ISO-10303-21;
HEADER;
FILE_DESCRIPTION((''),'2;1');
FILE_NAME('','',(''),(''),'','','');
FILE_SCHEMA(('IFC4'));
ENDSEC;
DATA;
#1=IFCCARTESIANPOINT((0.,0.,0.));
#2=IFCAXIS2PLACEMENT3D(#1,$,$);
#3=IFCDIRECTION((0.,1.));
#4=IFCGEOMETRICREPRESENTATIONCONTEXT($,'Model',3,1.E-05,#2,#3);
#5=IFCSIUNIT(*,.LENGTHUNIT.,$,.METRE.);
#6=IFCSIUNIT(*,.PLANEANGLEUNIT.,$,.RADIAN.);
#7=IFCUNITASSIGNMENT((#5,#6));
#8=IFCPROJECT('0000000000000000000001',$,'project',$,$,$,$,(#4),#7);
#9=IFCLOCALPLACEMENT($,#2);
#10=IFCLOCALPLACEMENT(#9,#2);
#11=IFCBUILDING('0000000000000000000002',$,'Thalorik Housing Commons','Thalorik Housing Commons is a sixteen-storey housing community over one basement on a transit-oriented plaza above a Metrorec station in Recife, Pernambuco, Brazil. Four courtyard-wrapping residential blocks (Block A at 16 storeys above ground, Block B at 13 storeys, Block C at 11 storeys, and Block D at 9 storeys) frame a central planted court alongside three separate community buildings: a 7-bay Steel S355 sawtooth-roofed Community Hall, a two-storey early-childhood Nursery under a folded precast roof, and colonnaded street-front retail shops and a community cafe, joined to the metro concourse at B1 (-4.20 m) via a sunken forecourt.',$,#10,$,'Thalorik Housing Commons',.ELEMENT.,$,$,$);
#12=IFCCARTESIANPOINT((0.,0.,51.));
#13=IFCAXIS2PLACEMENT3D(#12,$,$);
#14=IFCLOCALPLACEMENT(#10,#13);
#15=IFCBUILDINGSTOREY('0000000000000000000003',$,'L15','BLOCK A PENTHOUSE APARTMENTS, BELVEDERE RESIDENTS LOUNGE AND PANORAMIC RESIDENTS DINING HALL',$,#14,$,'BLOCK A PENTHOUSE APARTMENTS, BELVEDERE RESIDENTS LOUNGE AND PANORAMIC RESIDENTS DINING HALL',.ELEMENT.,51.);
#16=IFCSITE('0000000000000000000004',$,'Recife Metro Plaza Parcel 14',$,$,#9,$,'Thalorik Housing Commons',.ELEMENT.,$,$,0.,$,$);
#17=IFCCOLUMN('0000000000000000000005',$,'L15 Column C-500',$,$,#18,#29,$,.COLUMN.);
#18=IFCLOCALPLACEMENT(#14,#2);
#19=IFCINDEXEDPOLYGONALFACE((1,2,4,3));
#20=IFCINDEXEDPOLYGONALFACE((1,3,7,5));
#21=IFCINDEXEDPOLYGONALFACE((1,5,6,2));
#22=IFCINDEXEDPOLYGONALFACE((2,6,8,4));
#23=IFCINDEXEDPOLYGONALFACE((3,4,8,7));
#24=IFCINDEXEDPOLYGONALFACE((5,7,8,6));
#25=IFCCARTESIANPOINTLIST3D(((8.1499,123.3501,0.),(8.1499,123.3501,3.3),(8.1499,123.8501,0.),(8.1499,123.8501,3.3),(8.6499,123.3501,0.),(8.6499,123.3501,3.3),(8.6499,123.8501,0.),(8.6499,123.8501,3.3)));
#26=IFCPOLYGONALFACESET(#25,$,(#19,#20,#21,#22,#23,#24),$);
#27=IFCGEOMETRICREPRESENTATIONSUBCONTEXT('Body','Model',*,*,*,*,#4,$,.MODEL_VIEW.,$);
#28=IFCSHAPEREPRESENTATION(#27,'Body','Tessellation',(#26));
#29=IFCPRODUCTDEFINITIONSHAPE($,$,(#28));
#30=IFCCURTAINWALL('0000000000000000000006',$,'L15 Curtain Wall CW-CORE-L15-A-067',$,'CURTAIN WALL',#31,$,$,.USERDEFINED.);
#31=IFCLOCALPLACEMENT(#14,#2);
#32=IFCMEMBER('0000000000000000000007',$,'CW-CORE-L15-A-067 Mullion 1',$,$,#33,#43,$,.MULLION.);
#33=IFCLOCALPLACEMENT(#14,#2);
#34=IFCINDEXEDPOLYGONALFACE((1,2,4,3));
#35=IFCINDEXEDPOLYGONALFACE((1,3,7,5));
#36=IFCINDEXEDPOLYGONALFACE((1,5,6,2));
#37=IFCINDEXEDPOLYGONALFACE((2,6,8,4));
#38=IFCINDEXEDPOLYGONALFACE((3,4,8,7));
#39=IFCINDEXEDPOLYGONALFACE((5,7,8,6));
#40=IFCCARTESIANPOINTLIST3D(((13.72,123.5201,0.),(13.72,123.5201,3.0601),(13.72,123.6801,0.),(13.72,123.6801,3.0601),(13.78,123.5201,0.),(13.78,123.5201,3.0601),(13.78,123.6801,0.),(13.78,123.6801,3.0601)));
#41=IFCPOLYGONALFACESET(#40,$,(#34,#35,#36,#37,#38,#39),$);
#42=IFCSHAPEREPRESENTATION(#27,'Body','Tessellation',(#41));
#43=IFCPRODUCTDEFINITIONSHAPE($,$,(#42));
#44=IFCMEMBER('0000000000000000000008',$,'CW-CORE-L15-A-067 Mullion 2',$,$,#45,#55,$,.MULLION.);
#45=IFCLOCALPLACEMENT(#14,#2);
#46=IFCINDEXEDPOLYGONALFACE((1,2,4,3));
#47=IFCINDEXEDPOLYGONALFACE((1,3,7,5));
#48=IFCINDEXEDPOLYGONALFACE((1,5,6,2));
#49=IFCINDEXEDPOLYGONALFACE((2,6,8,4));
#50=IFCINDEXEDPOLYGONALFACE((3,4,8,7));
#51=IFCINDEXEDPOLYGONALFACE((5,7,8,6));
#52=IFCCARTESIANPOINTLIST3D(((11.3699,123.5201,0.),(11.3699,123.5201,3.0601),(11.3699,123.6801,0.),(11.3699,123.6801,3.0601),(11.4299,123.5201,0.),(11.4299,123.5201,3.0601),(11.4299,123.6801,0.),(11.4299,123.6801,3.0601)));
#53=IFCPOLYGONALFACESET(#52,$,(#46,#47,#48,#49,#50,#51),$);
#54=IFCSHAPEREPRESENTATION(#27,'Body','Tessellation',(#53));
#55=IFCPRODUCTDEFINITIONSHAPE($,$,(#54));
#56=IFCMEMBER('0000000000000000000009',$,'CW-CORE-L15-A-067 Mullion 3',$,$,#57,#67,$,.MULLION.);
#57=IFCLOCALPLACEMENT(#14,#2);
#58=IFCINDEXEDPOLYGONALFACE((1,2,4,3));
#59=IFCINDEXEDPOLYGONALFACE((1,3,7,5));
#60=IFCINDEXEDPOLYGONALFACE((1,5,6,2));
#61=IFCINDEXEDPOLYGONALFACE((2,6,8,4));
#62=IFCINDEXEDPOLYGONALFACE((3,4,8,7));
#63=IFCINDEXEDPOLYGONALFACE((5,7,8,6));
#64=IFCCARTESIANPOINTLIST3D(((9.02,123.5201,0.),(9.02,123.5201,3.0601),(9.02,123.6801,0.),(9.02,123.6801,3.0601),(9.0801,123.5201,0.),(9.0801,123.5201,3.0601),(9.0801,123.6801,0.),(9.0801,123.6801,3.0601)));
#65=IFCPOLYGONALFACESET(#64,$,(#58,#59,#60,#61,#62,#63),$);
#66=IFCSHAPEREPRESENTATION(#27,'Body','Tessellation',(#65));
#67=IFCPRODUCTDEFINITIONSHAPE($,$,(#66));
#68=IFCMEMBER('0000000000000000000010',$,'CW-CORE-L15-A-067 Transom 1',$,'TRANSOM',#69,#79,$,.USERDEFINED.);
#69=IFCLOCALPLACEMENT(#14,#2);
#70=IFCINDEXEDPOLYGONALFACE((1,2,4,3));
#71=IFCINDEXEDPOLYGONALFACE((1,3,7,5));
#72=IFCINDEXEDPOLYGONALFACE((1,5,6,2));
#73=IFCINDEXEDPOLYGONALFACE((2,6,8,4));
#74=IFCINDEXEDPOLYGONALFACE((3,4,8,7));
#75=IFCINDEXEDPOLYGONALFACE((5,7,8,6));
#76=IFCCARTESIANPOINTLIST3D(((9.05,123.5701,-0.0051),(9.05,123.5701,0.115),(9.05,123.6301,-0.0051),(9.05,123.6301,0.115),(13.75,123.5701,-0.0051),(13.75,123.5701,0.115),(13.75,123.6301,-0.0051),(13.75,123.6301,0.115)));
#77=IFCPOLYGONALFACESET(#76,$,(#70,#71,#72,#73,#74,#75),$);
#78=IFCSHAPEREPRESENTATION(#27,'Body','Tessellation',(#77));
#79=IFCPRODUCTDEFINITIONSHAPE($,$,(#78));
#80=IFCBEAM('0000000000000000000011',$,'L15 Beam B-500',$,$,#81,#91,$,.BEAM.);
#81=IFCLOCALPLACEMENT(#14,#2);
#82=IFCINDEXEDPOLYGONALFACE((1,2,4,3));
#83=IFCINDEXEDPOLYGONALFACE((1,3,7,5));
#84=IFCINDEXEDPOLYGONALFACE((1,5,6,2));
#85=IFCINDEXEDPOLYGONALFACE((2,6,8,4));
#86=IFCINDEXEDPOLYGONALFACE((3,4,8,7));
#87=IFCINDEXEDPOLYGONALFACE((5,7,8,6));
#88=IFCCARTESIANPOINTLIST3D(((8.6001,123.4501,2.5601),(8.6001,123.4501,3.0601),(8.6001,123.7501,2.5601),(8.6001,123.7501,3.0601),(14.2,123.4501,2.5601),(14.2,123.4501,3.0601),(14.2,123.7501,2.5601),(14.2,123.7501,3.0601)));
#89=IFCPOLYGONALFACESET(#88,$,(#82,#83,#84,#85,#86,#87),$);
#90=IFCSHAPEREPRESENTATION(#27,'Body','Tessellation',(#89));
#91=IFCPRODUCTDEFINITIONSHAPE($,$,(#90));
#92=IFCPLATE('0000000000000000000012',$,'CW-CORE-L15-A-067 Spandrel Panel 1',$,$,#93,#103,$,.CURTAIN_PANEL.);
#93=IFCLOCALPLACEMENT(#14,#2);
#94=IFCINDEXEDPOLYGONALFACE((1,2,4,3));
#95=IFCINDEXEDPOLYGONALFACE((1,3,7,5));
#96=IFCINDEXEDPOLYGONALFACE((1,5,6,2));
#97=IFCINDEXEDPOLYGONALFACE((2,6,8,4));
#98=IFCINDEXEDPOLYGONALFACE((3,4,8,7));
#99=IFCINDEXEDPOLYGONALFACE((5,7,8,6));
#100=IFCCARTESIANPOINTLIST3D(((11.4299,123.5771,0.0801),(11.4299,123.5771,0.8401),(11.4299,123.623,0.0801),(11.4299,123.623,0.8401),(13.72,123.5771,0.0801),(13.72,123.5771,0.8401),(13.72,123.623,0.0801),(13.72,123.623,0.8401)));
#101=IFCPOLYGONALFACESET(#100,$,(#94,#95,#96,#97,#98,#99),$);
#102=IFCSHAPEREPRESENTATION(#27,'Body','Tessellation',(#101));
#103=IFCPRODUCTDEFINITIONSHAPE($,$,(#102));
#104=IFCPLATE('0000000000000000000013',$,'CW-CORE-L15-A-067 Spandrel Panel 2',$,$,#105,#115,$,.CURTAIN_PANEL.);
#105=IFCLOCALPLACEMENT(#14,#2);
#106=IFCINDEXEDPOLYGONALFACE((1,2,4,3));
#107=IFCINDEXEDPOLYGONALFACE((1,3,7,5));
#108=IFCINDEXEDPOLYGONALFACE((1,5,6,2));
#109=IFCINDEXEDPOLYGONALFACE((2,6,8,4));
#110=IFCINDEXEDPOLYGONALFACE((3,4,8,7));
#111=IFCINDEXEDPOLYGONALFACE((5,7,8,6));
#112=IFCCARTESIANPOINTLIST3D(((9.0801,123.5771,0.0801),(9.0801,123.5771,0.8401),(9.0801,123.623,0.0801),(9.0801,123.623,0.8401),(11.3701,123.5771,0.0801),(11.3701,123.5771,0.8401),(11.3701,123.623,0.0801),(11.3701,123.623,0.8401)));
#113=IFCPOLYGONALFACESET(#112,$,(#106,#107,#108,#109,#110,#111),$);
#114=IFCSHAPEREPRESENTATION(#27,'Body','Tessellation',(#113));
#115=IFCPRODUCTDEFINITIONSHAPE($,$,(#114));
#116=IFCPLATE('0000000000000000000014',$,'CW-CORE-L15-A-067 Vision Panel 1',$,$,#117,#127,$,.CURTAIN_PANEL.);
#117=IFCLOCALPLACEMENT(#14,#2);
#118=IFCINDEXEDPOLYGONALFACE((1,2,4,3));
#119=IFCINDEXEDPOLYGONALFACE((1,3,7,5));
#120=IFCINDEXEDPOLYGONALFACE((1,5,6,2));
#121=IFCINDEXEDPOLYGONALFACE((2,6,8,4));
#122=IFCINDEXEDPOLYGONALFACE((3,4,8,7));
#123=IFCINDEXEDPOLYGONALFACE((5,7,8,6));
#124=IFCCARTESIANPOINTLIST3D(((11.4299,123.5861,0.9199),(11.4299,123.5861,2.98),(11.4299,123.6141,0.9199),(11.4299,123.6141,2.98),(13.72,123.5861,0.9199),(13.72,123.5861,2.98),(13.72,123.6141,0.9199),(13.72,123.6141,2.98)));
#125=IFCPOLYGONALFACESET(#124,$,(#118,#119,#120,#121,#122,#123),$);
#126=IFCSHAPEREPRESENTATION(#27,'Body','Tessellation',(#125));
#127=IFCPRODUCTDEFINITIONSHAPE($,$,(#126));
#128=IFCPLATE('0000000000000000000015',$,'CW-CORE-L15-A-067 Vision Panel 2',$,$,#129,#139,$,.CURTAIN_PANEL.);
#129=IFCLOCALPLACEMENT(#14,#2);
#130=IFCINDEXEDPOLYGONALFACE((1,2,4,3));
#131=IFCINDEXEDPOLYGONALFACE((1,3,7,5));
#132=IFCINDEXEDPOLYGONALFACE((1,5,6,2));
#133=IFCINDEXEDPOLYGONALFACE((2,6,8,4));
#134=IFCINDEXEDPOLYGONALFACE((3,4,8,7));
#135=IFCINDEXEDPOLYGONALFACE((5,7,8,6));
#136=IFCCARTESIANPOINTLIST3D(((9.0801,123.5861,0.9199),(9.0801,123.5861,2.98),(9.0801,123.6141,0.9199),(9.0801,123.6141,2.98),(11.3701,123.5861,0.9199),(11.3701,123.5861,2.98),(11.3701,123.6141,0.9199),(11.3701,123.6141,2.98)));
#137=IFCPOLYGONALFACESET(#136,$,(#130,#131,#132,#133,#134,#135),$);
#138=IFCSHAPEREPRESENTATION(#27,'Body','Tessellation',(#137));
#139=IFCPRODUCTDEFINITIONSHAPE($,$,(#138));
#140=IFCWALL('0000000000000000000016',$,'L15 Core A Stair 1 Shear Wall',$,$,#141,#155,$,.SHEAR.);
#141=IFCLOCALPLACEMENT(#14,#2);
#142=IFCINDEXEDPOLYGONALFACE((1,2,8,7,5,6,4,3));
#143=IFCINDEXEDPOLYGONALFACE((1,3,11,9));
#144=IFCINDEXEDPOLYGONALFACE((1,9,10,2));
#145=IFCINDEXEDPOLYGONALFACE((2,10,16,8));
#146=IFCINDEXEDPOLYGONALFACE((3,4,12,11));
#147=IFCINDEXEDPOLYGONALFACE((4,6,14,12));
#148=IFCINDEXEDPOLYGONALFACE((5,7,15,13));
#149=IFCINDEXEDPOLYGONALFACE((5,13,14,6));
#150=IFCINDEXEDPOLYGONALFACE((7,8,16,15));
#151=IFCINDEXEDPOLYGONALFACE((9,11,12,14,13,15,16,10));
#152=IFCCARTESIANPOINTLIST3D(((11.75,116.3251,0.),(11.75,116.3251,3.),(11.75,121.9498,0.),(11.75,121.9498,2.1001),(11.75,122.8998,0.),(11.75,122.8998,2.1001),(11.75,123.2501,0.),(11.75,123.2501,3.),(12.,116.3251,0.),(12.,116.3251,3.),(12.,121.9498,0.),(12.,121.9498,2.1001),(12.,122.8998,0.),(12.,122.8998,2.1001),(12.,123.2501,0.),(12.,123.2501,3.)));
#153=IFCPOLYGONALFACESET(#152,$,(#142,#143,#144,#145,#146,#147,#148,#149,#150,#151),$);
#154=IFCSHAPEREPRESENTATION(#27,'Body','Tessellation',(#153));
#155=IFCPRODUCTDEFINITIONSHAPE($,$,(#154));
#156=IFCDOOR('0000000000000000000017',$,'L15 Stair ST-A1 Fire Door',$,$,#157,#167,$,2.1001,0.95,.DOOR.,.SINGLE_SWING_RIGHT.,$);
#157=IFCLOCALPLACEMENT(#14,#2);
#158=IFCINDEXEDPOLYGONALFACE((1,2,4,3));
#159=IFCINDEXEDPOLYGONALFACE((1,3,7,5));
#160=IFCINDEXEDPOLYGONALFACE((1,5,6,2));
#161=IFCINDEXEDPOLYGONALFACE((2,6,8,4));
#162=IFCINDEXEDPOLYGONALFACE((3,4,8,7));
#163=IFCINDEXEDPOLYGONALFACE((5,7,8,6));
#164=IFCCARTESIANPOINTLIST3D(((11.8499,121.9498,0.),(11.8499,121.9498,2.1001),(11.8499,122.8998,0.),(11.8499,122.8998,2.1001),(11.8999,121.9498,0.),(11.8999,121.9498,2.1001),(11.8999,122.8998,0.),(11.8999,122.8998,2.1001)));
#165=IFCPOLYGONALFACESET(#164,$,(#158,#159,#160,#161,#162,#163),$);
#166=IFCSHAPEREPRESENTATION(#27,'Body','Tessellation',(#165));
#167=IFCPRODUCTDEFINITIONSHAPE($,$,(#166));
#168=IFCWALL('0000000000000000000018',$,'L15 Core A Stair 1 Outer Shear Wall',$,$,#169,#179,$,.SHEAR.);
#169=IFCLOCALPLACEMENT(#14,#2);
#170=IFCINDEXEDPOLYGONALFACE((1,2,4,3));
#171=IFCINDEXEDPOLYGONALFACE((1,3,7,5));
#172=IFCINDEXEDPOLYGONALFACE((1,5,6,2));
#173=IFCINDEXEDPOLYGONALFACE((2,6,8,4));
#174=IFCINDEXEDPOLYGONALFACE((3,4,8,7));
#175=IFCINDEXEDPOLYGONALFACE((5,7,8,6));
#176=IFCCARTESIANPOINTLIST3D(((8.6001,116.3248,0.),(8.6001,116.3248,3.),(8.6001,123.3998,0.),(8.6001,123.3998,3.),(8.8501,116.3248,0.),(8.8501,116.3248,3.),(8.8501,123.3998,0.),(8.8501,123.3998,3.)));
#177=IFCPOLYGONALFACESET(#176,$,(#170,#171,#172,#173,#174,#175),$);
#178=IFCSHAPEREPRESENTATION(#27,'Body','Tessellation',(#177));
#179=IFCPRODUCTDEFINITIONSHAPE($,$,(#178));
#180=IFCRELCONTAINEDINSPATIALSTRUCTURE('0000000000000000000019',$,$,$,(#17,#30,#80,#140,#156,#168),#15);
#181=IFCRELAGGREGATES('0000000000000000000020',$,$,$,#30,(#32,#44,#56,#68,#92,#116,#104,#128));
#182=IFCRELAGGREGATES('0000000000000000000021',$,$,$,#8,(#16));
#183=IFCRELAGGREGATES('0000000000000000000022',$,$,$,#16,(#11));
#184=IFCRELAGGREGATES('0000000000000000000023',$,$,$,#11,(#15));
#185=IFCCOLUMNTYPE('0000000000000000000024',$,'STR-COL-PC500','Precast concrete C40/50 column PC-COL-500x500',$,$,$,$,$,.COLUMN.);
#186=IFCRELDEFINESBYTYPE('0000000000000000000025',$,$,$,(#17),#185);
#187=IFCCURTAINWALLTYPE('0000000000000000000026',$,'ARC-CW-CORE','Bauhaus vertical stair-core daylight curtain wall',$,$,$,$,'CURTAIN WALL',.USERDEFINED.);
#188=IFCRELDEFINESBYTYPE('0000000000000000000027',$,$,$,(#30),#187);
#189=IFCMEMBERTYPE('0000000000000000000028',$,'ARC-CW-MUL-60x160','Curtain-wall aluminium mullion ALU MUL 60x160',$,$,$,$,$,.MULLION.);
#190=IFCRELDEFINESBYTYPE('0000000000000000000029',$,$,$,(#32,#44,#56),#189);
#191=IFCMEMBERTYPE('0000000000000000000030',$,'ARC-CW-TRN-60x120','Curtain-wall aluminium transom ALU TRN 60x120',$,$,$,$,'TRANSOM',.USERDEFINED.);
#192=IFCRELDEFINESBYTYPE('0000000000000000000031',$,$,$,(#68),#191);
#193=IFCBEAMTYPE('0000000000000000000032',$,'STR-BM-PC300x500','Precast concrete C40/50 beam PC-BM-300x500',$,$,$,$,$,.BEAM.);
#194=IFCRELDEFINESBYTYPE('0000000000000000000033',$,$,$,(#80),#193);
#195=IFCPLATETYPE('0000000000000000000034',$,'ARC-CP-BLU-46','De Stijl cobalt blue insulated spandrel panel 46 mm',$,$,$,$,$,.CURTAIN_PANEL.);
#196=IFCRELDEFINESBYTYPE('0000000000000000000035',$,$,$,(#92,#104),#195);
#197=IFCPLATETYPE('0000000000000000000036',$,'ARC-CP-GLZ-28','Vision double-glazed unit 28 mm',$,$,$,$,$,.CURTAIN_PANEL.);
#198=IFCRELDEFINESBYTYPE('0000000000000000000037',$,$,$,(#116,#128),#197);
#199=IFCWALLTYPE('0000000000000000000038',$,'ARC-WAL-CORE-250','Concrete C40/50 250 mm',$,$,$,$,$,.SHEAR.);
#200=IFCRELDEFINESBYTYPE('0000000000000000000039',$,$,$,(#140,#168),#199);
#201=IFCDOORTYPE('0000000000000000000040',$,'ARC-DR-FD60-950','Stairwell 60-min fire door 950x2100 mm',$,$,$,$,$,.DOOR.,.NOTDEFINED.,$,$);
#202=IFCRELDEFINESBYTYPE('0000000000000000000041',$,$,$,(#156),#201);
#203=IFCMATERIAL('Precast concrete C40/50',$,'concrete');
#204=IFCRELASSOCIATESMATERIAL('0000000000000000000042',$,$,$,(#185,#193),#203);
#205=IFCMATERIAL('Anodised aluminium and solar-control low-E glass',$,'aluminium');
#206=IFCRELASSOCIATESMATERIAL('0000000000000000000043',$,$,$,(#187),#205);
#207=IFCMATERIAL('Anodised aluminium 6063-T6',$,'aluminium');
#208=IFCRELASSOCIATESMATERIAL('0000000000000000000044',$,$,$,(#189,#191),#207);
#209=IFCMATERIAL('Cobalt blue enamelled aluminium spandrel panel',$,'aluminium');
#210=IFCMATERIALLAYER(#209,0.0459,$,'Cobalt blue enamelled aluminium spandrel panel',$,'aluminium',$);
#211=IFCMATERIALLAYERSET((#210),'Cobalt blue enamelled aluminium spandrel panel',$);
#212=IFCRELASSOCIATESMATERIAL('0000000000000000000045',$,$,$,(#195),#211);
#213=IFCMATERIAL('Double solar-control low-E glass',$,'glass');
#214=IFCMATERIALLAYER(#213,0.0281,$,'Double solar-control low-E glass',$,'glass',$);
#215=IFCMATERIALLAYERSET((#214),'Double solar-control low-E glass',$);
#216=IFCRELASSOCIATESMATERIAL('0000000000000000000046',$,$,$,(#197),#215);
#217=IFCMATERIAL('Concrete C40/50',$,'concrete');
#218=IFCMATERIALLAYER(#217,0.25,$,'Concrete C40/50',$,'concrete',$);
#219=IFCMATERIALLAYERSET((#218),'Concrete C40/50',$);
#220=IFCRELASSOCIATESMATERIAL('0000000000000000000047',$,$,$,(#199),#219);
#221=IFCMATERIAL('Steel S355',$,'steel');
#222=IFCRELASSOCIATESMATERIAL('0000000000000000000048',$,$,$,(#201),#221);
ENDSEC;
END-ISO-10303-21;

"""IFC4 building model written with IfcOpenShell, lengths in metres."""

from ifc_helpers import new_model, si_unit, direction, frame, frame_2d, origin, origin_2d, place, context, subcontext, project, spatial, rectangle, extrude, material, layer, layer_set, material_profile, profile_set, type_object, element, fill, aggregate, save


model = new_model("IFC4")

# Units and contexts
model_context = context("Model", 3, precision=1e-05, world=origin(), true_north=direction((0.0, 1.0)))
body_context = subcontext(model_context, "Body", "Model", "MODEL_VIEW")
ifc_project = project(units=[si_unit("LENGTHUNIT", "METRE"), si_unit("PLANEANGLEUNIT", "RADIAN")], contexts=[model_context])

# Site, building, storey
site_placement = place(None, origin())
site = spatial("IfcSite", under=ifc_project, at=site_placement, Name="Recife Metro Plaza Parcel 14", LongName="Thalorik Housing Commons", CompositionType="ELEMENT", RefElevation=0.0)
building_placement = place(site_placement, origin())
building = spatial("IfcBuilding", under=site, at=building_placement, Name="Thalorik Housing Commons", Description="Thalorik Housing Commons is a sixteen-storey housing community over one basement on a transit-oriented plaza above a Metrorec station in Recife, Pernambuco, Brazil. Four courtyard-wrapping residential blocks (Block A at 16 storeys above ground, Block B at 13 storeys, Block C at 11 storeys, and Block D at 9 storeys) frame a central planted court alongside three separate community buildings: a 7-bay Steel S355 sawtooth-roofed Community Hall, a two-storey early-childhood Nursery under a folded precast roof, and colonnaded street-front retail shops and a community cafe, joined to the metro concourse at B1 (-4.20 m) via a sunken forecourt.", LongName="Thalorik Housing Commons", CompositionType="ELEMENT")
storey_placement = place(building_placement, frame((0.0, 0.0, 51.0)))
storey = spatial("IfcBuildingStorey", under=building, at=storey_placement, Name="L15", Description="BLOCK A PENTHOUSE APARTMENTS, BELVEDERE RESIDENTS LOUNGE AND PANORAMIC RESIDENTS DINING HALL", LongName="BLOCK A PENTHOUSE APARTMENTS, BELVEDERE RESIDENTS LOUNGE AND PANORAMIC RESIDENTS DINING HALL", CompositionType="ELEMENT", Elevation=51.0)

# Column
ifc_material_1 = material(Name="Precast concrete C40/50", Category="concrete")
ifc_material_profile_1 = material_profile(ifc_material_1, rectangle(XDim=0.5, YDim=0.5, at=origin_2d()), Name="PC 500x500", Category="concrete")
ifc_profile_set_1 = profile_set([ifc_material_profile_1], Name="Precast concrete C40/50")
column_type = type_object("IfcColumnType", Name="STR-COL-PC500", Description="Precast concrete C40/50 column PC-COL-500x500", PredefinedType="COLUMN", material=ifc_profile_set_1)
column_placement = place(storey_placement, frame((8.3999, 123.6001, 0.0), z_axis=(0.0, 0.0, 1.0), x_axis=(1.0, 0.0, 0.0)))
element("IfcColumn", 1, at=column_placement, inside=storey, type_object=column_type, Name="L15 Column C-500", PredefinedType="COLUMN", context=body_context, shape_type="SweptSolid", body=[
    extrude(rectangle(XDim=0.5, YDim=0.5, at=origin_2d()), origin(), (0.0, 0.0, 1.0), 3.3),
])

# Curtain wall, members
ifc_material_2 = material(Name="Anodised aluminium and solar-control low-E glass", Category="aluminium")
curtain_wall_type = type_object("IfcCurtainWallType", Name="ARC-CW-CORE", Description="Bauhaus vertical stair-core daylight curtain wall", ElementType="CURTAIN WALL", PredefinedType="USERDEFINED", material=ifc_material_2)
curtain_wall_placement = place(storey_placement, origin())
curtain_wall = element("IfcCurtainWall", 2, at=curtain_wall_placement, inside=storey, type_object=curtain_wall_type, Name="L15 Curtain Wall CW-CORE-L15-A-067", ObjectType="CURTAIN WALL", PredefinedType="USERDEFINED")
ifc_material_3 = material(Name="Anodised aluminium 6063-T6", Category="aluminium")
ifc_material_profile_2 = material_profile(ifc_material_3, rectangle(XDim=0.0601, YDim=0.1599, at=origin_2d()), Name="ALU MUL 60x160", Category="aluminium")
ifc_profile_set_2 = profile_set([ifc_material_profile_2], Name="Anodised aluminium 6063-T6")
member_type_1 = type_object("IfcMemberType", Name="ARC-CW-MUL-60x160", Description="Curtain-wall aluminium mullion ALU MUL 60x160", PredefinedType="MULLION", material=ifc_profile_set_2)
member_1_placement = place(storey_placement, frame((13.75, 123.6001, 0.0), z_axis=(0.0, 0.0, 1.0), x_axis=(-1.0, 0.0, 0.0)))
member_1 = element("IfcMember", 3, at=member_1_placement, type_object=member_type_1, Name="CW-CORE-L15-A-067 Mullion 1", PredefinedType="MULLION", context=body_context, shape_type="SweptSolid", body=[
    extrude(rectangle(XDim=0.0601, YDim=0.1599, at=origin_2d()), origin(), (0.0, 0.0, 1.0), 3.0601),
])
member_2_placement = place(storey_placement, frame((11.3999, 123.6001, 0.0), z_axis=(0.0, 0.0, 1.0), x_axis=(-1.0, 0.0, 0.0)))
member_2 = element("IfcMember", 4, at=member_2_placement, type_object=member_type_1, Name="CW-CORE-L15-A-067 Mullion 2", PredefinedType="MULLION", context=body_context, shape_type="SweptSolid", body=[
    extrude(rectangle(XDim=0.0601, YDim=0.1599, at=origin_2d()), origin(), (0.0, 0.0, 1.0), 3.0601),
])
member_3_placement = place(storey_placement, frame((9.05, 123.6001, 0.0), z_axis=(0.0, 0.0, 1.0), x_axis=(-1.0, 0.0, 0.0)))
member_3 = element("IfcMember", 5, at=member_3_placement, type_object=member_type_1, Name="CW-CORE-L15-A-067 Mullion 3", PredefinedType="MULLION", context=body_context, shape_type="SweptSolid", body=[
    extrude(rectangle(XDim=0.0601, YDim=0.1599, at=origin_2d()), origin(), (0.0, 0.0, 1.0), 3.0601),
])
ifc_material_profile_3 = material_profile(ifc_material_3, rectangle(XDim=0.0601, YDim=0.1201, at=origin_2d()), Name="ALU TRN 60x120", Category="aluminium")
ifc_profile_set_3 = profile_set([ifc_material_profile_3], Name="Anodised aluminium 6063-T6")
member_type_2 = type_object("IfcMemberType", Name="ARC-CW-TRN-60x120", Description="Curtain-wall aluminium transom ALU TRN 60x120", ElementType="TRANSOM", PredefinedType="USERDEFINED", material=ifc_profile_set_3)
member_4_placement = place(storey_placement, frame((13.75, 123.6001, 0.0549), z_axis=(-1.0, 0.0, 0.0), x_axis=(0.0, -1.0, 0.0)))
member_4 = element("IfcMember", 6, at=member_4_placement, type_object=member_type_2, Name="CW-CORE-L15-A-067 Transom 1", ObjectType="TRANSOM", PredefinedType="USERDEFINED", context=body_context, shape_type="SweptSolid", body=[
    extrude(rectangle(XDim=0.0601, YDim=0.1201, at=origin_2d()), origin(), (0.0, 0.0, 1.0), 4.7),
])

# Beam
ifc_material_profile_4 = material_profile(ifc_material_1, rectangle(XDim=0.3, YDim=0.5, at=origin_2d()), Name="PC 300x500", Category="concrete")
ifc_profile_set_4 = profile_set([ifc_material_profile_4], Name="Precast concrete C40/50")
beam_type = type_object("IfcBeamType", Name="STR-BM-PC300x500", Description="Precast concrete C40/50 beam PC-BM-300x500", PredefinedType="BEAM", material=ifc_profile_set_4)
beam_placement = place(storey_placement, frame((8.6001, 123.6001, 2.8101), z_axis=(1.0, 0.0, 0.0), x_axis=(0.0, 1.0, 0.0)))
element("IfcBeam", 7, at=beam_placement, inside=storey, type_object=beam_type, Name="L15 Beam B-500", PredefinedType="BEAM", context=body_context, shape_type="SweptSolid", body=[
    extrude(rectangle(XDim=0.3, YDim=0.5, at=origin_2d()), origin(), (0.0, 0.0, 1.0), 5.5999),
])

# Plates
ifc_material_4 = material(Name="Cobalt blue enamelled aluminium spandrel panel", Category="aluminium")
ifc_layer_1 = layer(ifc_material_4, 0.0459, Name="Cobalt blue enamelled aluminium spandrel panel", Category="aluminium")
ifc_layer_set_1 = layer_set([ifc_layer_1], Name="Cobalt blue enamelled aluminium spandrel panel")
plate_type_1 = type_object("IfcPlateType", Name="ARC-CP-BLU-46", Description="De Stijl cobalt blue insulated spandrel panel 46 mm", PredefinedType="CURTAIN_PANEL", material=ifc_layer_set_1)
plate_1_placement = place(storey_placement, frame((12.575, 123.6001, 0.0801), z_axis=(0.0, 0.0, 1.0), x_axis=(-1.0, 0.0, 0.0)))
plate_1 = element("IfcPlate", 8, at=plate_1_placement, type_object=plate_type_1, Name="CW-CORE-L15-A-067 Spandrel Panel 1", PredefinedType="CURTAIN_PANEL", context=body_context, shape_type="SweptSolid", body=[
    extrude(rectangle(XDim=2.29, YDim=0.0459, at=origin_2d()), origin(), (0.0, 0.0, 1.0), 0.76),
])
plate_2_placement = place(storey_placement, frame((10.2251, 123.6001, 0.0801), z_axis=(0.0, 0.0, 1.0), x_axis=(-1.0, 0.0, 0.0)))
plate_2 = element("IfcPlate", 9, at=plate_2_placement, type_object=plate_type_1, Name="CW-CORE-L15-A-067 Spandrel Panel 2", PredefinedType="CURTAIN_PANEL", context=body_context, shape_type="SweptSolid", body=[
    extrude(rectangle(XDim=2.29, YDim=0.0459, at=origin_2d()), origin(), (0.0, 0.0, 1.0), 0.76),
])
ifc_material_5 = material(Name="Double solar-control low-E glass", Category="glass")
ifc_layer_2 = layer(ifc_material_5, 0.0281, Name="Double solar-control low-E glass", Category="glass")
ifc_layer_set_2 = layer_set([ifc_layer_2], Name="Double solar-control low-E glass")
plate_type_2 = type_object("IfcPlateType", Name="ARC-CP-GLZ-28", Description="Vision double-glazed unit 28 mm", PredefinedType="CURTAIN_PANEL", material=ifc_layer_set_2)
plate_3_placement = place(storey_placement, frame((12.575, 123.6001, 0.9199), z_axis=(0.0, 0.0, 1.0), x_axis=(-1.0, 0.0, 0.0)))
plate_3 = element("IfcPlate", 10, at=plate_3_placement, type_object=plate_type_2, Name="CW-CORE-L15-A-067 Vision Panel 1", PredefinedType="CURTAIN_PANEL", context=body_context, shape_type="SweptSolid", body=[
    extrude(rectangle(XDim=2.29, YDim=0.0281, at=origin_2d()), origin(), (0.0, 0.0, 1.0), 2.0601),
])
plate_4_placement = place(storey_placement, frame((10.2251, 123.6001, 0.9199), z_axis=(0.0, 0.0, 1.0), x_axis=(-1.0, 0.0, 0.0)))
plate_4 = element("IfcPlate", 11, at=plate_4_placement, type_object=plate_type_2, Name="CW-CORE-L15-A-067 Vision Panel 2", PredefinedType="CURTAIN_PANEL", context=body_context, shape_type="SweptSolid", body=[
    extrude(rectangle(XDim=2.29, YDim=0.0281, at=origin_2d()), origin(), (0.0, 0.0, 1.0), 2.0601),
])
aggregate(curtain_wall, [member_1, member_2, member_3, member_4, plate_1, plate_3, plate_2, plate_4])

# Wall, opening, door
ifc_material_6 = material(Name="Concrete C40/50", Category="concrete")
ifc_layer_3 = layer(ifc_material_6, 0.25, Name="Concrete C40/50", Category="concrete")
ifc_layer_set_3 = layer_set([ifc_layer_3], Name="Concrete C40/50")
wall_type_1 = type_object("IfcWallType", Name="ARC-WAL-CORE-250", Description="Concrete C40/50 250 mm", PredefinedType="SHEAR", material=ifc_layer_set_3)
wall_1_placement = place(storey_placement, frame((11.875, 123.25, 0.0), z_axis=(0.0, 0.0, 1.0), x_axis=(0.0, -1.0, 0.0)))
wall_1 = element("IfcWall", 12, at=wall_1_placement, inside=storey, type_object=wall_type_1, Name="L15 Core A Stair 1 Shear Wall", PredefinedType="SHEAR", context=body_context, shape_type="SweptSolid", body=[
    extrude(rectangle(XDim=6.925, YDim=0.25, at=frame_2d((3.4624, 0.0))), origin(), (0.0, 0.0, 1.0), 3.0),
])
opening_1_placement = place(wall_1_placement, frame((0.3501, 0.0, 0.0)))
opening_1 = element("IfcOpeningElement", 13, at=opening_1_placement, cuts=wall_1, PredefinedType="OPENING", context=body_context, shape_type="SweptSolid", body=[
    extrude(rectangle(XDim=0.95, YDim=2.1001, at=frame_2d((0.4751, 1.05))), frame((0.0, 0.135, 0.0), z_axis=(0.0, -1.0, 0.0), x_axis=(1.0, 0.0, 0.0)), (0.0, 0.0, 1.0), 0.27),
])
ifc_material_7 = material(Name="Steel S355", Category="steel")
door_type = type_object("IfcDoorType", Name="ARC-DR-FD60-950", Description="Stairwell 60-min fire door 950x2100 mm", OperationType="NOTDEFINED", PredefinedType="DOOR", material=ifc_material_7)
door_placement = place(opening_1_placement, origin())
door = element("IfcDoor", 14, at=door_placement, inside=storey, type_object=door_type, Name="L15 Stair ST-A1 Fire Door", OperationType="SINGLE_SWING_RIGHT", OverallHeight=2.1001, OverallWidth=0.95, PredefinedType="DOOR", context=body_context, shape_type="SweptSolid", body=[
    extrude(rectangle(XDim=0.95, YDim=2.1001, at=frame_2d((0.4751, 1.05))), frame((0.0, 0.0249, 0.0), z_axis=(0.0, -1.0, 0.0), x_axis=(1.0, 0.0, 0.0)), (0.0, 0.0, 1.0), 0.05),
])
fill(opening_1, door)

# Wall
wall_2_placement = place(storey_placement, frame((8.7251, 123.3999, 0.0), z_axis=(0.0, 0.0, 1.0), x_axis=(0.0, -1.0, 0.0)))
element("IfcWall", 15, at=wall_2_placement, inside=storey, type_object=wall_type_1, Name="L15 Core A Stair 1 Outer Shear Wall", PredefinedType="SHEAR", context=body_context, shape_type="SweptSolid", body=[
    extrude(rectangle(XDim=7.075, YDim=0.25, at=frame_2d((3.5376, 0.0))), origin(), (0.0, 0.0, 1.0), 3.0),
])

save(model, "model.ifc")
